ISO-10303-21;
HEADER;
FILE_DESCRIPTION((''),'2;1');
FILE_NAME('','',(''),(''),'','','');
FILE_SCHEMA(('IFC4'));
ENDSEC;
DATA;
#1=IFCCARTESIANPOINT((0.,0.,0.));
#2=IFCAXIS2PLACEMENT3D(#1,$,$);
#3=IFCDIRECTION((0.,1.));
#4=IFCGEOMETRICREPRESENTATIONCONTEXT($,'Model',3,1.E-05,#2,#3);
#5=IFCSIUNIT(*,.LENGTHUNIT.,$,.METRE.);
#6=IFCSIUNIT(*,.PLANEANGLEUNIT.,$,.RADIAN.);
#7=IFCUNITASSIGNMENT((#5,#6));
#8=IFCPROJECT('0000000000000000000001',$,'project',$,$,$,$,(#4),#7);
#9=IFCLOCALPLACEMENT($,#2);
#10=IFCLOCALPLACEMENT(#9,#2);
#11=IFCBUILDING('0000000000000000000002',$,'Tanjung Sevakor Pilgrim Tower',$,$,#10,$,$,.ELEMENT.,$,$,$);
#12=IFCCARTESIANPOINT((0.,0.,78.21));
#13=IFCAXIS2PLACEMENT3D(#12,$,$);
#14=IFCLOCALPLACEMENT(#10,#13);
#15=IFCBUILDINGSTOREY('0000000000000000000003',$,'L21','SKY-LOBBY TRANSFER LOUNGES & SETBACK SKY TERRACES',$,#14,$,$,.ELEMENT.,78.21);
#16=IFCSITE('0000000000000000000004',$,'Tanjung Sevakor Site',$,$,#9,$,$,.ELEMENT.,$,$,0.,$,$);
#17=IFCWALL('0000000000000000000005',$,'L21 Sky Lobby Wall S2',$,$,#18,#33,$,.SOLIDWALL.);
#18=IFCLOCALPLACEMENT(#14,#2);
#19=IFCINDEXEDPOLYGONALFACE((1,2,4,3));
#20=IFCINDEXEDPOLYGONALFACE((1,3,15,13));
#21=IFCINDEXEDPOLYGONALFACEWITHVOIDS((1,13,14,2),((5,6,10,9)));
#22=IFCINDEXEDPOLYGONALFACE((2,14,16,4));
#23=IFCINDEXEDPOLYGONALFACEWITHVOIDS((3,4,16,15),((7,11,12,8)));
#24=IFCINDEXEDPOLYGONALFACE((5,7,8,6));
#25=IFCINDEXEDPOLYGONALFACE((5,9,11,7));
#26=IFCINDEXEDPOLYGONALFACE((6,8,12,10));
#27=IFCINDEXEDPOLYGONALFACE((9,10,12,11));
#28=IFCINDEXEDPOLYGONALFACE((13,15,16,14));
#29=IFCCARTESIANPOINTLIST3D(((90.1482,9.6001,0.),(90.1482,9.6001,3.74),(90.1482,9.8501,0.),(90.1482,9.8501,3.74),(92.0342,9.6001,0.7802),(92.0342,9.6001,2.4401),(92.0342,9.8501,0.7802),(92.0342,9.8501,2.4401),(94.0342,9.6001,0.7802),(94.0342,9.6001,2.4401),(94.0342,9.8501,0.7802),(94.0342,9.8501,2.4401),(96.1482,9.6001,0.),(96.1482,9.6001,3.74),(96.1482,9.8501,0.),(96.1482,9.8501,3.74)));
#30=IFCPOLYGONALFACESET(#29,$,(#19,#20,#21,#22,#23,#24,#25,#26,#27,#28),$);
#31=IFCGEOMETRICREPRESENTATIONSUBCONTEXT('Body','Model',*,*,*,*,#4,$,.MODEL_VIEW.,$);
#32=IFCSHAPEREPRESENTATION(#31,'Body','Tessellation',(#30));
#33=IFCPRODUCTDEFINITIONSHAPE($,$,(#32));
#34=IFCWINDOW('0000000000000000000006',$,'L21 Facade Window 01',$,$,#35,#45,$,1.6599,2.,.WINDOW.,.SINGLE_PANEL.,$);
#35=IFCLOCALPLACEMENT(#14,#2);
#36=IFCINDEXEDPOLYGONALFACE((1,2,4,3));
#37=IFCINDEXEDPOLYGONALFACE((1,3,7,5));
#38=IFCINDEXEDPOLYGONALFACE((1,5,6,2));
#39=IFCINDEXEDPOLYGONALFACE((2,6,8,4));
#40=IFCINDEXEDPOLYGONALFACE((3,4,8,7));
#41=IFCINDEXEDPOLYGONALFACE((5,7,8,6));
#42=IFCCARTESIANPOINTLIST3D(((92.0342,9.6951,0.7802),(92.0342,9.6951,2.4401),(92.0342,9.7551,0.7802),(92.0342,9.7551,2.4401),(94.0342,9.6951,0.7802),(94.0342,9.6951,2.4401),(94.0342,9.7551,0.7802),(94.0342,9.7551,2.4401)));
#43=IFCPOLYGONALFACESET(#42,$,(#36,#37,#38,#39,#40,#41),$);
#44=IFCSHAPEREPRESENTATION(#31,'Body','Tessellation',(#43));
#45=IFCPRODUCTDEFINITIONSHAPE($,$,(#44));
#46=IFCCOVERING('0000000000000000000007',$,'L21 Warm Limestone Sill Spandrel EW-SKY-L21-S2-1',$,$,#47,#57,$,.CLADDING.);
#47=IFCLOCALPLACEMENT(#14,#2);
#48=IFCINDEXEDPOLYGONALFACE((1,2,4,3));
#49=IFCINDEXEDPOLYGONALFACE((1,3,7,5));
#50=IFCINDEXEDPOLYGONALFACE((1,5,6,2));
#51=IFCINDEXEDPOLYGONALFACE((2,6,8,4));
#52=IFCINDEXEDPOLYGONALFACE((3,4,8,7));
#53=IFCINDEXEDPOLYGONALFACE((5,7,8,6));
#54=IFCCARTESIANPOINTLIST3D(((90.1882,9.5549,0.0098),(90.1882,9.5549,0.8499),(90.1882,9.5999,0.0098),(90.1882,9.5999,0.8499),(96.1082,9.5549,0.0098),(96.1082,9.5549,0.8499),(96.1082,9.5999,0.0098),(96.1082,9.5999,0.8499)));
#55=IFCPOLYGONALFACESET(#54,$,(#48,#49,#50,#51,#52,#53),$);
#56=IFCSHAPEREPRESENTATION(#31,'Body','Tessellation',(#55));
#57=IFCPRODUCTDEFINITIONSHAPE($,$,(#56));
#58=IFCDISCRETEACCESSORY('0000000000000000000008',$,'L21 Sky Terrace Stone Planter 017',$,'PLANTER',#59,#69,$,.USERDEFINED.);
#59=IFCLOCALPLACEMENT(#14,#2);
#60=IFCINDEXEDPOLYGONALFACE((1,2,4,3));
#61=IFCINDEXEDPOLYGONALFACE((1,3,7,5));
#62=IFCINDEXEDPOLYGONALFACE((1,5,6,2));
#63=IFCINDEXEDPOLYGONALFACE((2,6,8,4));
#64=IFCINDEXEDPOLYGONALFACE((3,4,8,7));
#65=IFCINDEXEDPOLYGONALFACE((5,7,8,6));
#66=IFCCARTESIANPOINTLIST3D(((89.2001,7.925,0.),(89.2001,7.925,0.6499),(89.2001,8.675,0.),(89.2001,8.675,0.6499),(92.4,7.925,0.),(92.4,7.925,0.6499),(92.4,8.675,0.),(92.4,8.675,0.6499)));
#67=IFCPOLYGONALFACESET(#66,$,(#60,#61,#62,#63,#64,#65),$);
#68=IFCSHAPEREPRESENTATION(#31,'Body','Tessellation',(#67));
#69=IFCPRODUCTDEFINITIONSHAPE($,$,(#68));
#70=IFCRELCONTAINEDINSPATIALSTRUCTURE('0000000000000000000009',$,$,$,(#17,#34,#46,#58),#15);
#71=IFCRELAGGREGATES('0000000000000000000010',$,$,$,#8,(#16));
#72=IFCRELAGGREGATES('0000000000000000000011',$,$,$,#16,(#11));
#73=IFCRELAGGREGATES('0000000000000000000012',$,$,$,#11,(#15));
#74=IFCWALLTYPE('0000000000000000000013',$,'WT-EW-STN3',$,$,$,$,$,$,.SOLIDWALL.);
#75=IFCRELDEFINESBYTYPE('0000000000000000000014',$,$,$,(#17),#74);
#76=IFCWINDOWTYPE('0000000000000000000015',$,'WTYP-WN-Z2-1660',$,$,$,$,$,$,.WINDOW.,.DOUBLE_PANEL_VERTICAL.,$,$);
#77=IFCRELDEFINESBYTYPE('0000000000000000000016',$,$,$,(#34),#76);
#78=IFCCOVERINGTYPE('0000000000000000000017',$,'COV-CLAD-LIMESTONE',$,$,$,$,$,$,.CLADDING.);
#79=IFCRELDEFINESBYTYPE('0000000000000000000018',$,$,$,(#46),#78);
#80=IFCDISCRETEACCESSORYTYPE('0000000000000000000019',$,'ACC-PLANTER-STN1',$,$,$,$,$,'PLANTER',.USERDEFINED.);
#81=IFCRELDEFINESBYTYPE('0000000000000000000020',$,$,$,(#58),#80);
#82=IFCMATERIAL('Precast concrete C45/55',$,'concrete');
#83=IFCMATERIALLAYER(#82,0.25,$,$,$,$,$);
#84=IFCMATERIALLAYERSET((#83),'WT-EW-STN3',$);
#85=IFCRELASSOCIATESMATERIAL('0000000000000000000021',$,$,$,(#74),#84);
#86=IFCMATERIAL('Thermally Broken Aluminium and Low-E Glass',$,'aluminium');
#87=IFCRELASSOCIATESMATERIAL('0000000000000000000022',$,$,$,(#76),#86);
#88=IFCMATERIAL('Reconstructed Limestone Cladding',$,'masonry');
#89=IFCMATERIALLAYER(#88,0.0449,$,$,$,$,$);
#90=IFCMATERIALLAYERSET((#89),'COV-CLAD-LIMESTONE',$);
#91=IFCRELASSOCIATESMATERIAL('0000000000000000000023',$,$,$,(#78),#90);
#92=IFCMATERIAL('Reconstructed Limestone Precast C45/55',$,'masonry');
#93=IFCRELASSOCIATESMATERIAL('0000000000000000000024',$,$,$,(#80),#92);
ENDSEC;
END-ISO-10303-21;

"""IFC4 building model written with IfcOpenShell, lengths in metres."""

from ifc_helpers import new_model, si_unit, direction, frame, frame_2d, origin, origin_2d, place, context, subcontext, project, spatial, rectangle, extrude, material, layer, layer_set, type_object, element, fill, save


model = new_model("IFC4")

# Units and contexts
model_context = context("Model", 3, precision=1e-05, world=origin(), true_north=direction((0.0, 1.0)))
body_context = subcontext(model_context, "Body", "Model", "MODEL_VIEW")
ifc_project = project(units=[si_unit("LENGTHUNIT", "METRE"), si_unit("PLANEANGLEUNIT", "RADIAN")], contexts=[model_context])

# Site, building, storey
site_placement = place(None, origin())
site = spatial("IfcSite", under=ifc_project, at=site_placement, Name="Tanjung Sevakor Site", CompositionType="ELEMENT", RefElevation=0.0)
building_placement = place(site_placement, origin())
building = spatial("IfcBuilding", under=site, at=building_placement, Name="Tanjung Sevakor Pilgrim Tower", CompositionType="ELEMENT")
storey_placement = place(building_placement, frame((0.0, 0.0, 78.21)))
storey = spatial("IfcBuildingStorey", under=building, at=storey_placement, Name="L21", Description="SKY-LOBBY TRANSFER LOUNGES & SETBACK SKY TERRACES", CompositionType="ELEMENT", Elevation=78.21)

# Wall, opening, window
ifc_material_1 = material(Name="Precast concrete C45/55", Category="concrete")
ifc_layer_1 = layer(ifc_material_1, 0.25)
ifc_layer_set_1 = layer_set([ifc_layer_1], Name="WT-EW-STN3")
wall_type_1 = type_object("IfcWallType", Name="WT-EW-STN3", PredefinedType="SOLIDWALL", material=ifc_layer_set_1)
wall_1_placement = place(storey_placement, frame((90.1482, 9.7251, 0.0), z_axis=(0.0, 0.0, 1.0), x_axis=(1.0, 0.0, 0.0)))
wall_1 = element("IfcWall", 1, at=wall_1_placement, inside=storey, type_object=wall_type_1, Name="L21 Sky Lobby Wall S2", PredefinedType="SOLIDWALL", context=body_context, shape_type="SweptSolid", body=[
    extrude(rectangle(XDim=6.0, YDim=0.25, at=frame_2d((3.0, 0.0))), origin(), (0.0, 0.0, 1.0), 3.74),
])
opening_placement = place(wall_1_placement, frame((1.886, 0.0, 0.78)))
opening = element("IfcOpeningElement", 2, at=opening_placement, cuts=wall_1, PredefinedType="OPENING", context=body_context, shape_type="SweptSolid", body=[
    extrude(rectangle(XDim=2.0, YDim=1.6599, at=frame_2d((1.0, 0.8301))), frame((0.0, 0.135, 0.0), z_axis=(0.0, -1.0, 0.0), x_axis=(1.0, 0.0, 0.0)), (0.0, 0.0, 1.0), 0.27),
])
ifc_material_2 = material(Name="Thermally Broken Aluminium and Low-E Glass", Category="aluminium")
window_type = type_object("IfcWindowType", Name="WTYP-WN-Z2-1660", PartitioningType="DOUBLE_PANEL_VERTICAL", PredefinedType="WINDOW", material=ifc_material_2)
window_placement = place(opening_placement, origin())
window = element("IfcWindow", 3, at=window_placement, inside=storey, type_object=window_type, Name="L21 Facade Window 01", OverallHeight=1.6599, OverallWidth=2.0, PartitioningType="SINGLE_PANEL", PredefinedType="WINDOW", context=body_context, shape_type="SweptSolid", body=[
    extrude(rectangle(XDim=2.0, YDim=1.6599, at=frame_2d((1.0, 0.8301))), frame((0.0, 0.03, 0.0), z_axis=(0.0, -1.0, 0.0), x_axis=(1.0, 0.0, 0.0)), (0.0, 0.0, 1.0), 0.0601),
])
fill(opening, window)

# Covering
ifc_material_3 = material(Name="Reconstructed Limestone Cladding", Category="masonry")
ifc_layer_2 = layer(ifc_material_3, 0.0449)
ifc_layer_set_2 = layer_set([ifc_layer_2], Name="COV-CLAD-LIMESTONE")
covering_type = type_object("IfcCoveringType", Name="COV-CLAD-LIMESTONE", PredefinedType="CLADDING", material=ifc_layer_set_2)
covering_placement = place(storey_placement, frame((93.1482, 9.5774, 0.0098), z_axis=(0.0, 0.0, 1.0), x_axis=(1.0, 0.0, 0.0)))
element("IfcCovering", 4, at=covering_placement, inside=storey, type_object=covering_type, Name="L21 Warm Limestone Sill Spandrel EW-SKY-L21-S2-1", PredefinedType="CLADDING", context=body_context, shape_type="SweptSolid", body=[
    extrude(rectangle(XDim=5.9199, YDim=0.0449, at=origin_2d()), origin(), (0.0, 0.0, 1.0), 0.8401),
])

# Discrete accessory
ifc_material_4 = material(Name="Reconstructed Limestone Precast C45/55", Category="masonry")
discrete_accessory_type = type_object("IfcDiscreteAccessoryType", Name="ACC-PLANTER-STN1", ElementType="PLANTER", PredefinedType="USERDEFINED", material=ifc_material_4)
discrete_accessory_placement = place(storey_placement, frame((90.8, 8.3, 0.0), z_axis=(0.0, 0.0, 1.0), x_axis=(1.0, 0.0, 0.0)))
element("IfcDiscreteAccessory", 5, at=discrete_accessory_placement, inside=storey, type_object=discrete_accessory_type, Name="L21 Sky Terrace Stone Planter 017", ObjectType="PLANTER", PredefinedType="USERDEFINED", context=body_context, shape_type="SweptSolid", body=[
    extrude(rectangle(XDim=3.2, YDim=0.75, at=origin_2d()), origin(), (0.0, 0.0, 1.0), 0.6499),
])

save(model, "model.ifc")
